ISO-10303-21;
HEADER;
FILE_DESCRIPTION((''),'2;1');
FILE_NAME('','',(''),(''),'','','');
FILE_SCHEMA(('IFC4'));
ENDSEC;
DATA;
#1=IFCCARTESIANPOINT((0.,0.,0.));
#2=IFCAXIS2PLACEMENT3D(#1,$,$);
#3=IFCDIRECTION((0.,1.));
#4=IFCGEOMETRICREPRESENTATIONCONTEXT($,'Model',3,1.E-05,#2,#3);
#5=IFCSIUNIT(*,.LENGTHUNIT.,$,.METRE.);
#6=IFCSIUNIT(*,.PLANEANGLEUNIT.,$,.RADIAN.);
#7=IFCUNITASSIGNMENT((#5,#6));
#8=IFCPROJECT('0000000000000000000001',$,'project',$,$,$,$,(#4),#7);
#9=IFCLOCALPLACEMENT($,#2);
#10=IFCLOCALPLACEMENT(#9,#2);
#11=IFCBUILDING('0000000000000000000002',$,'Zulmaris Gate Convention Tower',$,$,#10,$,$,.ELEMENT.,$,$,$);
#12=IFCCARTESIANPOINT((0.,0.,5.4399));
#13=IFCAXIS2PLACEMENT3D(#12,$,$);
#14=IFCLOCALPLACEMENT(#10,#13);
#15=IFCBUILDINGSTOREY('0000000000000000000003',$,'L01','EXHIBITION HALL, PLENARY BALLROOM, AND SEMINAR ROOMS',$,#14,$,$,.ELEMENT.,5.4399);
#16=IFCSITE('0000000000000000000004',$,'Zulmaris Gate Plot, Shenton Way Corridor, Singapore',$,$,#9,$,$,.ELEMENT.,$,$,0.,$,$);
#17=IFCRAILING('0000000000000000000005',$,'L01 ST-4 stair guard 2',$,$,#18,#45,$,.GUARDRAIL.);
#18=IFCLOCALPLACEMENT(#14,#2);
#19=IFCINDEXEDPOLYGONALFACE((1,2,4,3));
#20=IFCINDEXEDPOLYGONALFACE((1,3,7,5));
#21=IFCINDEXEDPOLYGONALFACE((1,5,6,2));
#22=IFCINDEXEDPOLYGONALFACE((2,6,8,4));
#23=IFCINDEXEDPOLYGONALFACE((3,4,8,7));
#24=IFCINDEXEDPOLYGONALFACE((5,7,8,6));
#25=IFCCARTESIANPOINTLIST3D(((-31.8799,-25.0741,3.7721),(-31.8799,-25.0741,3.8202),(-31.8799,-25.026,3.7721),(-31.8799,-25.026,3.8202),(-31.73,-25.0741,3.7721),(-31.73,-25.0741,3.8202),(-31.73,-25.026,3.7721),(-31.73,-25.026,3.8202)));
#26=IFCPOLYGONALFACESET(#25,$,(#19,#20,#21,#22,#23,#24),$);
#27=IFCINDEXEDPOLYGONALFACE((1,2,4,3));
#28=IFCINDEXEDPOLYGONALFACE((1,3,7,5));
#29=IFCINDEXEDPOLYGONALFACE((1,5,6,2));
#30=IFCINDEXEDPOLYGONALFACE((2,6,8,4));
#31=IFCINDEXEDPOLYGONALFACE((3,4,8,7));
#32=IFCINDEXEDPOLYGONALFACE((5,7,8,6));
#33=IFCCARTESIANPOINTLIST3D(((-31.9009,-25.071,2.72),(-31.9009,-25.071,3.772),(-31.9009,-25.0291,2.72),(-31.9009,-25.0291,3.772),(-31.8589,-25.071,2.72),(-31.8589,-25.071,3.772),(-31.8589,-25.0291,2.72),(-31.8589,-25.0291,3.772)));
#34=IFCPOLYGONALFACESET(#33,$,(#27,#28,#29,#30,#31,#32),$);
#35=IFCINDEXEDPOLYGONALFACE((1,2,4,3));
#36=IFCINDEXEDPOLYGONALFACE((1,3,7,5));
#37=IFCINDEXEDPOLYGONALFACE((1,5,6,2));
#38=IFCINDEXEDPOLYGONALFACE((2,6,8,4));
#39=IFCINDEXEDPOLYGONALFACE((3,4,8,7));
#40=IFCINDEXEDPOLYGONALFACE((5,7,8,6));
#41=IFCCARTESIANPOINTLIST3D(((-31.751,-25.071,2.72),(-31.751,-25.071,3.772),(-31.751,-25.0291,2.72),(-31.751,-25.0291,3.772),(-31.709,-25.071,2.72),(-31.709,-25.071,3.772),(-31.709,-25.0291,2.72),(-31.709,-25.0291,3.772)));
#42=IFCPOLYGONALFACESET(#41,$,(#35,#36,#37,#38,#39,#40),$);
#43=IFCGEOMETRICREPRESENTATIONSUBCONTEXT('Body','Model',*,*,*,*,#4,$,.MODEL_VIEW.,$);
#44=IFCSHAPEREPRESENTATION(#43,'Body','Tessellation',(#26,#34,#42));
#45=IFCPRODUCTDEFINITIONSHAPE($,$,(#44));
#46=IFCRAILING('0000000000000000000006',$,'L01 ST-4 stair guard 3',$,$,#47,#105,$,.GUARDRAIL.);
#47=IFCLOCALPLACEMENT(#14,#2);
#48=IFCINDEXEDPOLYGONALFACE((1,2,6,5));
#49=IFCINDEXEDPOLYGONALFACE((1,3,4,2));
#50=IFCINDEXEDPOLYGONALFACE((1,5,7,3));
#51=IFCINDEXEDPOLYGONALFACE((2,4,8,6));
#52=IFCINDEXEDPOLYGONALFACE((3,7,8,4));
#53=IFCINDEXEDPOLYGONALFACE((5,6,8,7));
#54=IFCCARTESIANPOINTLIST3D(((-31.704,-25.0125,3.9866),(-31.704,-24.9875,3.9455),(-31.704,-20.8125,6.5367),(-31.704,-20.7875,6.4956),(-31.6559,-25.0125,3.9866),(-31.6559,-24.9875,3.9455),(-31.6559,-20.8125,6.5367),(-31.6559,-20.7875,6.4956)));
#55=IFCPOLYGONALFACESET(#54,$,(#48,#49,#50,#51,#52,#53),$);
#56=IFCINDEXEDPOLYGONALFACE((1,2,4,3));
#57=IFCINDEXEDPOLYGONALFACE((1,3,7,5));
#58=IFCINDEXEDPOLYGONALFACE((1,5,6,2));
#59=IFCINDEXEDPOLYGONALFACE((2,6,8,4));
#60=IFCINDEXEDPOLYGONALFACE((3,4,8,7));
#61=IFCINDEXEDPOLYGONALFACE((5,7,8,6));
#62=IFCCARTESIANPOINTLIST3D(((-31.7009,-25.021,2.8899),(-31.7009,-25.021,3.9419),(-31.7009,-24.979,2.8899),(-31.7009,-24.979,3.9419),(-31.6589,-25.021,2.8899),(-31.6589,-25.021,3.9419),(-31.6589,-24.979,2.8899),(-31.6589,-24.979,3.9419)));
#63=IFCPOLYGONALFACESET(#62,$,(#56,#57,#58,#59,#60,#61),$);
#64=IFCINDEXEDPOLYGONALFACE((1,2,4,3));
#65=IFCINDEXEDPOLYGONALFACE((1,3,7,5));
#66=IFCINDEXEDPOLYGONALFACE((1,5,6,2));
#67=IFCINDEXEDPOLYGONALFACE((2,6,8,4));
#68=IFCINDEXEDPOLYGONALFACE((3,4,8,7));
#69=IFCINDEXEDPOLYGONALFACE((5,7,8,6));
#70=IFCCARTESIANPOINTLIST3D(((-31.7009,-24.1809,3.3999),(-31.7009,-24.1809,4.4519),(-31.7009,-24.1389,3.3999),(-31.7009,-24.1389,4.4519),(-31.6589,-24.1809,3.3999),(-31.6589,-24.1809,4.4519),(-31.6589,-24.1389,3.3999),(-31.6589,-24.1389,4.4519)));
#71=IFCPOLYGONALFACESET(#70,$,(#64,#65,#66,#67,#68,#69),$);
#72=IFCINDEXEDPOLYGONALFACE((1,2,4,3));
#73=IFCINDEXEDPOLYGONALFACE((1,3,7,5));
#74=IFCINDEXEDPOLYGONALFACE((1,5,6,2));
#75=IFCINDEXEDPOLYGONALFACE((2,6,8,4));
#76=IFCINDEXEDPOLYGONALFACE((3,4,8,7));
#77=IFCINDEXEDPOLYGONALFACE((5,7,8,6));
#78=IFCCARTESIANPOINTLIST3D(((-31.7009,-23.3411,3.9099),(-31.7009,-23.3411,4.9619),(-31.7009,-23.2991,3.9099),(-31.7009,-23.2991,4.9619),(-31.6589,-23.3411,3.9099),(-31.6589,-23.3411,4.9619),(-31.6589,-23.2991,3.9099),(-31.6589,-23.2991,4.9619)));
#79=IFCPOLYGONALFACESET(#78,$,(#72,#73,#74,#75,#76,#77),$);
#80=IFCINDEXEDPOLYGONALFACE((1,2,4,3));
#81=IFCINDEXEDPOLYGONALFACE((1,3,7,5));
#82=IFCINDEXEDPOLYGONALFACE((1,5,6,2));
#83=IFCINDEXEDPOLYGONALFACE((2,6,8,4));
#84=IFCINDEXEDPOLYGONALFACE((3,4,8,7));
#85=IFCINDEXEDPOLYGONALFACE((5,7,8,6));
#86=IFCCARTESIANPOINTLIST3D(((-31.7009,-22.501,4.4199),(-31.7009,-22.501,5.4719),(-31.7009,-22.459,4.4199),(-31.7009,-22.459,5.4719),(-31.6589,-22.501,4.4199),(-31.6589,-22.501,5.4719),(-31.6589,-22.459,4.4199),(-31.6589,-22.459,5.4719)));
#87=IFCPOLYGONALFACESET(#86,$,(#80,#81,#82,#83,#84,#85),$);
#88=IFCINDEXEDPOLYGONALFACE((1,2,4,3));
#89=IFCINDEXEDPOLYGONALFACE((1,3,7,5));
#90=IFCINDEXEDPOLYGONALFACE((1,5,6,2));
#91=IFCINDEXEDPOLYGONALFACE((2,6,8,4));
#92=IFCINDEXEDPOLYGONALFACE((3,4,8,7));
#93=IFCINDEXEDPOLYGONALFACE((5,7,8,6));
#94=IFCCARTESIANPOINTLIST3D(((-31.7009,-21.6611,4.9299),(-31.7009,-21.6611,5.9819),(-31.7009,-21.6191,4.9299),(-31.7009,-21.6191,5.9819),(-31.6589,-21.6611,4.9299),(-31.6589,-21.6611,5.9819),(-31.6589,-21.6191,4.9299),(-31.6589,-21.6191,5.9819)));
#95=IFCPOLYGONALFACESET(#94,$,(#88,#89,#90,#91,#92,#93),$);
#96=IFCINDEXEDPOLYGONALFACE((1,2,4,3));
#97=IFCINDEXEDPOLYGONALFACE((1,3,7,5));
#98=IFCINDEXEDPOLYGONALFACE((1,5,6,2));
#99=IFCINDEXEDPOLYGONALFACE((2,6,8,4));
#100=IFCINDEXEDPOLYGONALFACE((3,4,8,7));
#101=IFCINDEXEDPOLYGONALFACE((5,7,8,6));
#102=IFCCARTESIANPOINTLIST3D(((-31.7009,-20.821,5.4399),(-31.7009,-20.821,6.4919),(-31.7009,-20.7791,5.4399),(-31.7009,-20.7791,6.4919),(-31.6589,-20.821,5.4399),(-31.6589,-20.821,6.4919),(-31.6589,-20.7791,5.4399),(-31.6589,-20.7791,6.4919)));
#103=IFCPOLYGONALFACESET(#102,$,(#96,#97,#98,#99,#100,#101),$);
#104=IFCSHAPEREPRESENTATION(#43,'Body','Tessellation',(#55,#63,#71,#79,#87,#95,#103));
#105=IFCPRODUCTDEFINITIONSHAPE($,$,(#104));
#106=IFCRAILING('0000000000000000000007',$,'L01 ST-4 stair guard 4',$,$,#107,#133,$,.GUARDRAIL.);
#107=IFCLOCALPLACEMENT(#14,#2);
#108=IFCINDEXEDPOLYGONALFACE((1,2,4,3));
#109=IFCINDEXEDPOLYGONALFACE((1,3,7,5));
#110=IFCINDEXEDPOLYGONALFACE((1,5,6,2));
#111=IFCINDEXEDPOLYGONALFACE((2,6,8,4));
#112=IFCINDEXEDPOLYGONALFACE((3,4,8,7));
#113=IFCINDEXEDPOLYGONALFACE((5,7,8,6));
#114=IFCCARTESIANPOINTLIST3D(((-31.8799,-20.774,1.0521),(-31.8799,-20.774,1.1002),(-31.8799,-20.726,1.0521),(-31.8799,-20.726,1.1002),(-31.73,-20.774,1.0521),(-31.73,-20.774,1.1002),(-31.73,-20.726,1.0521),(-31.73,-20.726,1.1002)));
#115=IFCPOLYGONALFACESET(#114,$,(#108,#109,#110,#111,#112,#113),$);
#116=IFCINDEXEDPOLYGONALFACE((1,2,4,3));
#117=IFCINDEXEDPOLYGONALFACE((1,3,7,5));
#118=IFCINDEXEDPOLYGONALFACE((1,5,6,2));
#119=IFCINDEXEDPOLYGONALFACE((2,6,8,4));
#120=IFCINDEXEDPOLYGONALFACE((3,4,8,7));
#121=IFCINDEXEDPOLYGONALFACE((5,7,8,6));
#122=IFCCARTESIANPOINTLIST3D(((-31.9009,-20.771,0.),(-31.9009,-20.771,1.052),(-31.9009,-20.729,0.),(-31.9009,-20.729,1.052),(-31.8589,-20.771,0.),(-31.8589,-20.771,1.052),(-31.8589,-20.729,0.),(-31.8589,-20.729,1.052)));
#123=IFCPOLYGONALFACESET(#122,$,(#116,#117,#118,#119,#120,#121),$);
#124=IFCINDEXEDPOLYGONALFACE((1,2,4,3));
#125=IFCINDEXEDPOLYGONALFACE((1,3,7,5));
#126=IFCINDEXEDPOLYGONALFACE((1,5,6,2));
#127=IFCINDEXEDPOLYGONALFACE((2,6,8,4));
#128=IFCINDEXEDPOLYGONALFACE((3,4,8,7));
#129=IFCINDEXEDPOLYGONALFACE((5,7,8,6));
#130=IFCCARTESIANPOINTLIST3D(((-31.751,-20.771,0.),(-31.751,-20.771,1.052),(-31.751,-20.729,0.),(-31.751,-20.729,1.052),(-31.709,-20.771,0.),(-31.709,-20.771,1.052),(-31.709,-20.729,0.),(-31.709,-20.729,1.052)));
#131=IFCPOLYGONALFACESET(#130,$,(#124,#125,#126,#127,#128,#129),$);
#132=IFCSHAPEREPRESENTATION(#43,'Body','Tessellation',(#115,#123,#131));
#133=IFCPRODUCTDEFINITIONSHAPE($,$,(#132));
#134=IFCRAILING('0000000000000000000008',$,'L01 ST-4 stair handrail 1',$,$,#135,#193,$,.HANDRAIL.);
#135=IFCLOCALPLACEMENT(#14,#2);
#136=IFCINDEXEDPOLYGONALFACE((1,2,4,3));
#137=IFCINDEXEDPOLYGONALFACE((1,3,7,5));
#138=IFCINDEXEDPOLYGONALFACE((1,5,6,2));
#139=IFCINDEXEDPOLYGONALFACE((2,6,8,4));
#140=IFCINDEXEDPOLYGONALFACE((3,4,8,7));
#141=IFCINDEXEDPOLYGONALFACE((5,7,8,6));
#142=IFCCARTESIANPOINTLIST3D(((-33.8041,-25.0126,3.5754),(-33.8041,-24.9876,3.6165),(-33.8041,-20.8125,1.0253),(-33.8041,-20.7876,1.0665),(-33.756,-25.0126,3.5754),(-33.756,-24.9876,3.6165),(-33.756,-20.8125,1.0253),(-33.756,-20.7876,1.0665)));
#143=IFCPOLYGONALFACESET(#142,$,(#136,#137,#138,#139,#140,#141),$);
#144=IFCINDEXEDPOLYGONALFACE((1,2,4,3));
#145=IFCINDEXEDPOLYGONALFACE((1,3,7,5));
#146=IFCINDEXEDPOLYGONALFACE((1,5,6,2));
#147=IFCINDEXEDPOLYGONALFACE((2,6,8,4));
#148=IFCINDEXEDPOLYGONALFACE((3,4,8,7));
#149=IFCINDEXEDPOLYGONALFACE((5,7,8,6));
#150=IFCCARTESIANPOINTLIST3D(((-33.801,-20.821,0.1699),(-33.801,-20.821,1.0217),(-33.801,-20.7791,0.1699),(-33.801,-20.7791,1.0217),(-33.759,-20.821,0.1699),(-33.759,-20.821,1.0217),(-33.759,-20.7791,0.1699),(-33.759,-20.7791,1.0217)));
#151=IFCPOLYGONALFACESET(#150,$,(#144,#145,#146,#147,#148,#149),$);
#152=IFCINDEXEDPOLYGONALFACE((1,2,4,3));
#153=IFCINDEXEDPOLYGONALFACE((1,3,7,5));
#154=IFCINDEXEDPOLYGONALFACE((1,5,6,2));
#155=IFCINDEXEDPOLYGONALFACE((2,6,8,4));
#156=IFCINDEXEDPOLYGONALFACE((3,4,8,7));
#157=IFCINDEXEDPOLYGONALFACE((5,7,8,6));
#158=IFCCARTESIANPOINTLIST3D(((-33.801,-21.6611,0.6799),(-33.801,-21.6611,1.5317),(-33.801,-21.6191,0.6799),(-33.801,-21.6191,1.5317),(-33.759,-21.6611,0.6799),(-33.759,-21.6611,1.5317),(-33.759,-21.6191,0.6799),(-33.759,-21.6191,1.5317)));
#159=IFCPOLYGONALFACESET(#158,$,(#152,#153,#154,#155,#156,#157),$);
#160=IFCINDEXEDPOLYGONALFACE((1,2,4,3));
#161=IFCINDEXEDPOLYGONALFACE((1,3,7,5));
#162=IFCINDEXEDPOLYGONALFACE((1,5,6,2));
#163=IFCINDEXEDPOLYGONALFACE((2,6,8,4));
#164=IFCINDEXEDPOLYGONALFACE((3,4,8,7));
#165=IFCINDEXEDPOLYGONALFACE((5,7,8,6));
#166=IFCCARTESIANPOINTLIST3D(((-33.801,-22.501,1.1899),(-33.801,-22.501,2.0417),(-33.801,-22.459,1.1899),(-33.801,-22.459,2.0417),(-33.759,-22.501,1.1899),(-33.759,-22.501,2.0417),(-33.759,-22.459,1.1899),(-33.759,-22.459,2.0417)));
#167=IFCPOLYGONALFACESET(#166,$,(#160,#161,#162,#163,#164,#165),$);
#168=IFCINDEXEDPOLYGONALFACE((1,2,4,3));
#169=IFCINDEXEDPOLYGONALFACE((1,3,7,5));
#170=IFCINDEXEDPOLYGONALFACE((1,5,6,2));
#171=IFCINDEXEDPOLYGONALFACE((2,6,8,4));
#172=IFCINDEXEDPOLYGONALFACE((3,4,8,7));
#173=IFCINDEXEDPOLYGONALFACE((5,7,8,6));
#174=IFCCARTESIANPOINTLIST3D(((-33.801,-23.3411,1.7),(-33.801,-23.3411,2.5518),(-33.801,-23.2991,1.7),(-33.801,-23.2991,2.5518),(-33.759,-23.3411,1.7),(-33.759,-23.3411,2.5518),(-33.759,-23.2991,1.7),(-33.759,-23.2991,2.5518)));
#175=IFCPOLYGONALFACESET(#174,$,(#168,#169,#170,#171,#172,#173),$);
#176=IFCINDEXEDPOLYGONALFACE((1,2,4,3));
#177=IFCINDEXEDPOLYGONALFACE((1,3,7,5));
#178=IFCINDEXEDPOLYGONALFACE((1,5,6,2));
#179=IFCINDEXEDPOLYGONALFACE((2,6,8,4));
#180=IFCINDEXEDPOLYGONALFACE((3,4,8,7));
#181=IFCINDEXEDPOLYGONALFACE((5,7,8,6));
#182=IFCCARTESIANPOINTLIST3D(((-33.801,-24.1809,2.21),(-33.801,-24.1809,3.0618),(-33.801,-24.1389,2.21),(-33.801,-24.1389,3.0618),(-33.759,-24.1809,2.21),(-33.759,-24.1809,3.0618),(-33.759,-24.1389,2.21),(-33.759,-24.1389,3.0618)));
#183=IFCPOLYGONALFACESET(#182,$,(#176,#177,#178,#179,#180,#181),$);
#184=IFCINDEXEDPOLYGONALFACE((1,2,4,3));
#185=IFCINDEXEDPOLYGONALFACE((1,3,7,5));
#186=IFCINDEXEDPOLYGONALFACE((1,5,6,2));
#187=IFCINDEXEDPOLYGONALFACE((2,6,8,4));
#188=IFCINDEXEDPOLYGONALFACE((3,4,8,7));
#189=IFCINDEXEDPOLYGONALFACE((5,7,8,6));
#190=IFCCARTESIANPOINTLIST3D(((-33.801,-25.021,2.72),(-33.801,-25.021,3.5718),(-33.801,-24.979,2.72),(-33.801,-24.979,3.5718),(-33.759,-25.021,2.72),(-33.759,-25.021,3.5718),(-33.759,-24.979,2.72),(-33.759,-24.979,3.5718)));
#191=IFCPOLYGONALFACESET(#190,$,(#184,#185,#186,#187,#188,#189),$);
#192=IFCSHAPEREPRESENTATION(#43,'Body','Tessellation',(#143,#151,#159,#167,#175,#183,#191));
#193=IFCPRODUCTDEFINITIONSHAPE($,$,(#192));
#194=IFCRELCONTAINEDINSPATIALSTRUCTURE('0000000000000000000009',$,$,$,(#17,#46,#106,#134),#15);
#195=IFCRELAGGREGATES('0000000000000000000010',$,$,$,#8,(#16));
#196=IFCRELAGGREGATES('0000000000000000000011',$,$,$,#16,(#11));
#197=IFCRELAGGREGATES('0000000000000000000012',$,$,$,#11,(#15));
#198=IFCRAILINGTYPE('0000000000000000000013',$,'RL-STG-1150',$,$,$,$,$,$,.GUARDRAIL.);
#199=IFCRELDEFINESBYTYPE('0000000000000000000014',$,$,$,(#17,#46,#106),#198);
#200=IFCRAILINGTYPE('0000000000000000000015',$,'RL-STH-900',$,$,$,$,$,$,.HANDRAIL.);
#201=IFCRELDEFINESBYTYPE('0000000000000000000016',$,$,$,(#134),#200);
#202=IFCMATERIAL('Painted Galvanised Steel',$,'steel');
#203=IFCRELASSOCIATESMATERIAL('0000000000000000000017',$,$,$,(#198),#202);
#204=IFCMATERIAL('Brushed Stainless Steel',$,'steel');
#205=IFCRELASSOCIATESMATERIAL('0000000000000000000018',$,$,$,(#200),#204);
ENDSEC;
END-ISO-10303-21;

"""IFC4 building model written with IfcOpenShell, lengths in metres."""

from ifc_helpers import new_model, si_unit, direction, frame, origin, origin_2d, place, context, subcontext, project, spatial, rectangle, extrude, material, type_object, element, save


model = new_model("IFC4")

# Units and contexts
model_context = context("Model", 3, precision=1e-05, world=origin(), true_north=direction((0.0, 1.0)))
body_context = subcontext(model_context, "Body", "Model", "MODEL_VIEW")
ifc_project = project(units=[si_unit("LENGTHUNIT", "METRE"), si_unit("PLANEANGLEUNIT", "RADIAN")], contexts=[model_context])

# Site, building, storey
site_placement = place(None, origin())
site = spatial("IfcSite", under=ifc_project, at=site_placement, Name="Zulmaris Gate Plot, Shenton Way Corridor, Singapore", CompositionType="ELEMENT", RefElevation=0.0)
building_placement = place(site_placement, origin())
building = spatial("IfcBuilding", under=site, at=building_placement, Name="Zulmaris Gate Convention Tower", CompositionType="ELEMENT")
storey_placement = place(building_placement, frame((0.0, 0.0, 5.4399)))
storey = spatial("IfcBuildingStorey", under=building, at=storey_placement, Name="L01", Description="EXHIBITION HALL, PLENARY BALLROOM, AND SEMINAR ROOMS", CompositionType="ELEMENT", Elevation=5.4399)

# Railings
ifc_material_1 = material(Name="Painted Galvanised Steel", Category="steel")
railing_type_1 = type_object("IfcRailingType", Name="RL-STG-1150", PredefinedType="GUARDRAIL", material=ifc_material_1)
railing_1_placement = place(storey_placement, frame((-31.8799, -25.05, 2.72)))
element("IfcRailing", 1, at=railing_1_placement, inside=storey, type_object=railing_type_1, Name="L01 ST-4 stair guard 2", PredefinedType="GUARDRAIL", context=body_context, shape_type="SweptSolid", body=[
    extrude(rectangle(XDim=0.0481, YDim=0.0481, at=origin_2d()), frame((0.0, 0.0, 1.0762), z_axis=(1.0, 0.0, 0.0), x_axis=(0.0, 1.0, 0.0)), (0.0, 0.0, 1.0), 0.1499),
    extrude(rectangle(XDim=0.042, YDim=0.042, at=origin_2d()), origin(), (0.0, 0.0, 1.0), 1.052),
    extrude(rectangle(XDim=0.042, YDim=0.042, at=origin_2d()), frame((0.1499, 0.0, 0.0)), (0.0, 0.0, 1.0), 1.052),
])
railing_2_placement = place(storey_placement, frame((-31.6799, -25.0, 2.8899)))
element("IfcRailing", 2, at=railing_2_placement, inside=storey, type_object=railing_type_1, Name="L01 ST-4 stair guard 3", PredefinedType="GUARDRAIL", context=body_context, shape_type="SweptSolid", body=[
    extrude(rectangle(XDim=0.0481, YDim=0.0481, at=origin_2d()), frame((0.0, 0.0, 1.0762), z_axis=(0.0, 0.85478, 0.51899), x_axis=(-1.0, 0.0, 0.0)), (0.0, 0.0, 1.0), 4.9136),
    extrude(rectangle(XDim=0.042, YDim=0.042, at=origin_2d()), origin(), (0.0, 0.0, 1.0), 1.052),
    extrude(rectangle(XDim=0.042, YDim=0.042, at=origin_2d()), frame((0.0, 0.8401, 0.51)), (0.0, 0.0, 1.0), 1.052),
    extrude(rectangle(XDim=0.042, YDim=0.042, at=origin_2d()), frame((0.0, 1.6799, 1.02)), (0.0, 0.0, 1.0), 1.052),
    extrude(rectangle(XDim=0.042, YDim=0.042, at=origin_2d()), frame((0.0, 2.52, 1.53)), (0.0, 0.0, 1.0), 1.052),
    extrude(rectangle(XDim=0.042, YDim=0.042, at=origin_2d()), frame((0.0, 3.3599, 2.04)), (0.0, 0.0, 1.0), 1.052),
    extrude(rectangle(XDim=0.042, YDim=0.042, at=origin_2d()), frame((0.0, 4.2, 2.55)), (0.0, 0.0, 1.0), 1.052),
])
railing_3_placement = place(storey_placement, frame((-31.8799, -20.75, 0.0)))
element("IfcRailing", 3, at=railing_3_placement, inside=storey, type_object=railing_type_1, Name="L01 ST-4 stair guard 4", PredefinedType="GUARDRAIL", context=body_context, shape_type="SweptSolid", body=[
    extrude(rectangle(XDim=0.0481, YDim=0.0481, at=origin_2d()), frame((0.0, 0.0, 1.0762), z_axis=(1.0, 0.0, 0.0), x_axis=(0.0, 1.0, 0.0)), (0.0, 0.0, 1.0), 0.1499),
    extrude(rectangle(XDim=0.042, YDim=0.042, at=origin_2d()), origin(), (0.0, 0.0, 1.0), 1.052),
    extrude(rectangle(XDim=0.042, YDim=0.042, at=origin_2d()), frame((0.1499, 0.0, 0.0)), (0.0, 0.0, 1.0), 1.052),
])
ifc_material_2 = material(Name="Brushed Stainless Steel", Category="steel")
railing_type_2 = type_object("IfcRailingType", Name="RL-STH-900", PredefinedType="HANDRAIL", material=ifc_material_2)
railing_4_placement = place(storey_placement, frame((-33.78, -20.8, 0.1699)))
element("IfcRailing", 4, at=railing_4_placement, inside=storey, type_object=railing_type_2, Name="L01 ST-4 stair handrail 1", PredefinedType="HANDRAIL", context=body_context, shape_type="SweptSolid", body=[
    extrude(rectangle(XDim=0.0481, YDim=0.0481, at=origin_2d()), frame((0.0, 0.0, 0.876), z_axis=(0.0, -0.85478, 0.51899), x_axis=(1.0, 0.0, 0.0)), (0.0, 0.0, 1.0), 4.9136),
    extrude(rectangle(XDim=0.042, YDim=0.042, at=origin_2d()), origin(), (0.0, 0.0, 1.0), 0.8518),
    extrude(rectangle(XDim=0.042, YDim=0.042, at=origin_2d()), frame((0.0, -0.8401, 0.51)), (0.0, 0.0, 1.0), 0.8518),
    extrude(rectangle(XDim=0.042, YDim=0.042, at=origin_2d()), frame((0.0, -1.6799, 1.02)), (0.0, 0.0, 1.0), 0.8518),
    extrude(rectangle(XDim=0.042, YDim=0.042, at=origin_2d()), frame((0.0, -2.52, 1.53)), (0.0, 0.0, 1.0), 0.8518),
    extrude(rectangle(XDim=0.042, YDim=0.042, at=origin_2d()), frame((0.0, -3.3599, 2.04)), (0.0, 0.0, 1.0), 0.8518),
    extrude(rectangle(XDim=0.042, YDim=0.042, at=origin_2d()), frame((0.0, -4.2, 2.55)), (0.0, 0.0, 1.0), 0.8518),
])

save(model, "model.ifc")
